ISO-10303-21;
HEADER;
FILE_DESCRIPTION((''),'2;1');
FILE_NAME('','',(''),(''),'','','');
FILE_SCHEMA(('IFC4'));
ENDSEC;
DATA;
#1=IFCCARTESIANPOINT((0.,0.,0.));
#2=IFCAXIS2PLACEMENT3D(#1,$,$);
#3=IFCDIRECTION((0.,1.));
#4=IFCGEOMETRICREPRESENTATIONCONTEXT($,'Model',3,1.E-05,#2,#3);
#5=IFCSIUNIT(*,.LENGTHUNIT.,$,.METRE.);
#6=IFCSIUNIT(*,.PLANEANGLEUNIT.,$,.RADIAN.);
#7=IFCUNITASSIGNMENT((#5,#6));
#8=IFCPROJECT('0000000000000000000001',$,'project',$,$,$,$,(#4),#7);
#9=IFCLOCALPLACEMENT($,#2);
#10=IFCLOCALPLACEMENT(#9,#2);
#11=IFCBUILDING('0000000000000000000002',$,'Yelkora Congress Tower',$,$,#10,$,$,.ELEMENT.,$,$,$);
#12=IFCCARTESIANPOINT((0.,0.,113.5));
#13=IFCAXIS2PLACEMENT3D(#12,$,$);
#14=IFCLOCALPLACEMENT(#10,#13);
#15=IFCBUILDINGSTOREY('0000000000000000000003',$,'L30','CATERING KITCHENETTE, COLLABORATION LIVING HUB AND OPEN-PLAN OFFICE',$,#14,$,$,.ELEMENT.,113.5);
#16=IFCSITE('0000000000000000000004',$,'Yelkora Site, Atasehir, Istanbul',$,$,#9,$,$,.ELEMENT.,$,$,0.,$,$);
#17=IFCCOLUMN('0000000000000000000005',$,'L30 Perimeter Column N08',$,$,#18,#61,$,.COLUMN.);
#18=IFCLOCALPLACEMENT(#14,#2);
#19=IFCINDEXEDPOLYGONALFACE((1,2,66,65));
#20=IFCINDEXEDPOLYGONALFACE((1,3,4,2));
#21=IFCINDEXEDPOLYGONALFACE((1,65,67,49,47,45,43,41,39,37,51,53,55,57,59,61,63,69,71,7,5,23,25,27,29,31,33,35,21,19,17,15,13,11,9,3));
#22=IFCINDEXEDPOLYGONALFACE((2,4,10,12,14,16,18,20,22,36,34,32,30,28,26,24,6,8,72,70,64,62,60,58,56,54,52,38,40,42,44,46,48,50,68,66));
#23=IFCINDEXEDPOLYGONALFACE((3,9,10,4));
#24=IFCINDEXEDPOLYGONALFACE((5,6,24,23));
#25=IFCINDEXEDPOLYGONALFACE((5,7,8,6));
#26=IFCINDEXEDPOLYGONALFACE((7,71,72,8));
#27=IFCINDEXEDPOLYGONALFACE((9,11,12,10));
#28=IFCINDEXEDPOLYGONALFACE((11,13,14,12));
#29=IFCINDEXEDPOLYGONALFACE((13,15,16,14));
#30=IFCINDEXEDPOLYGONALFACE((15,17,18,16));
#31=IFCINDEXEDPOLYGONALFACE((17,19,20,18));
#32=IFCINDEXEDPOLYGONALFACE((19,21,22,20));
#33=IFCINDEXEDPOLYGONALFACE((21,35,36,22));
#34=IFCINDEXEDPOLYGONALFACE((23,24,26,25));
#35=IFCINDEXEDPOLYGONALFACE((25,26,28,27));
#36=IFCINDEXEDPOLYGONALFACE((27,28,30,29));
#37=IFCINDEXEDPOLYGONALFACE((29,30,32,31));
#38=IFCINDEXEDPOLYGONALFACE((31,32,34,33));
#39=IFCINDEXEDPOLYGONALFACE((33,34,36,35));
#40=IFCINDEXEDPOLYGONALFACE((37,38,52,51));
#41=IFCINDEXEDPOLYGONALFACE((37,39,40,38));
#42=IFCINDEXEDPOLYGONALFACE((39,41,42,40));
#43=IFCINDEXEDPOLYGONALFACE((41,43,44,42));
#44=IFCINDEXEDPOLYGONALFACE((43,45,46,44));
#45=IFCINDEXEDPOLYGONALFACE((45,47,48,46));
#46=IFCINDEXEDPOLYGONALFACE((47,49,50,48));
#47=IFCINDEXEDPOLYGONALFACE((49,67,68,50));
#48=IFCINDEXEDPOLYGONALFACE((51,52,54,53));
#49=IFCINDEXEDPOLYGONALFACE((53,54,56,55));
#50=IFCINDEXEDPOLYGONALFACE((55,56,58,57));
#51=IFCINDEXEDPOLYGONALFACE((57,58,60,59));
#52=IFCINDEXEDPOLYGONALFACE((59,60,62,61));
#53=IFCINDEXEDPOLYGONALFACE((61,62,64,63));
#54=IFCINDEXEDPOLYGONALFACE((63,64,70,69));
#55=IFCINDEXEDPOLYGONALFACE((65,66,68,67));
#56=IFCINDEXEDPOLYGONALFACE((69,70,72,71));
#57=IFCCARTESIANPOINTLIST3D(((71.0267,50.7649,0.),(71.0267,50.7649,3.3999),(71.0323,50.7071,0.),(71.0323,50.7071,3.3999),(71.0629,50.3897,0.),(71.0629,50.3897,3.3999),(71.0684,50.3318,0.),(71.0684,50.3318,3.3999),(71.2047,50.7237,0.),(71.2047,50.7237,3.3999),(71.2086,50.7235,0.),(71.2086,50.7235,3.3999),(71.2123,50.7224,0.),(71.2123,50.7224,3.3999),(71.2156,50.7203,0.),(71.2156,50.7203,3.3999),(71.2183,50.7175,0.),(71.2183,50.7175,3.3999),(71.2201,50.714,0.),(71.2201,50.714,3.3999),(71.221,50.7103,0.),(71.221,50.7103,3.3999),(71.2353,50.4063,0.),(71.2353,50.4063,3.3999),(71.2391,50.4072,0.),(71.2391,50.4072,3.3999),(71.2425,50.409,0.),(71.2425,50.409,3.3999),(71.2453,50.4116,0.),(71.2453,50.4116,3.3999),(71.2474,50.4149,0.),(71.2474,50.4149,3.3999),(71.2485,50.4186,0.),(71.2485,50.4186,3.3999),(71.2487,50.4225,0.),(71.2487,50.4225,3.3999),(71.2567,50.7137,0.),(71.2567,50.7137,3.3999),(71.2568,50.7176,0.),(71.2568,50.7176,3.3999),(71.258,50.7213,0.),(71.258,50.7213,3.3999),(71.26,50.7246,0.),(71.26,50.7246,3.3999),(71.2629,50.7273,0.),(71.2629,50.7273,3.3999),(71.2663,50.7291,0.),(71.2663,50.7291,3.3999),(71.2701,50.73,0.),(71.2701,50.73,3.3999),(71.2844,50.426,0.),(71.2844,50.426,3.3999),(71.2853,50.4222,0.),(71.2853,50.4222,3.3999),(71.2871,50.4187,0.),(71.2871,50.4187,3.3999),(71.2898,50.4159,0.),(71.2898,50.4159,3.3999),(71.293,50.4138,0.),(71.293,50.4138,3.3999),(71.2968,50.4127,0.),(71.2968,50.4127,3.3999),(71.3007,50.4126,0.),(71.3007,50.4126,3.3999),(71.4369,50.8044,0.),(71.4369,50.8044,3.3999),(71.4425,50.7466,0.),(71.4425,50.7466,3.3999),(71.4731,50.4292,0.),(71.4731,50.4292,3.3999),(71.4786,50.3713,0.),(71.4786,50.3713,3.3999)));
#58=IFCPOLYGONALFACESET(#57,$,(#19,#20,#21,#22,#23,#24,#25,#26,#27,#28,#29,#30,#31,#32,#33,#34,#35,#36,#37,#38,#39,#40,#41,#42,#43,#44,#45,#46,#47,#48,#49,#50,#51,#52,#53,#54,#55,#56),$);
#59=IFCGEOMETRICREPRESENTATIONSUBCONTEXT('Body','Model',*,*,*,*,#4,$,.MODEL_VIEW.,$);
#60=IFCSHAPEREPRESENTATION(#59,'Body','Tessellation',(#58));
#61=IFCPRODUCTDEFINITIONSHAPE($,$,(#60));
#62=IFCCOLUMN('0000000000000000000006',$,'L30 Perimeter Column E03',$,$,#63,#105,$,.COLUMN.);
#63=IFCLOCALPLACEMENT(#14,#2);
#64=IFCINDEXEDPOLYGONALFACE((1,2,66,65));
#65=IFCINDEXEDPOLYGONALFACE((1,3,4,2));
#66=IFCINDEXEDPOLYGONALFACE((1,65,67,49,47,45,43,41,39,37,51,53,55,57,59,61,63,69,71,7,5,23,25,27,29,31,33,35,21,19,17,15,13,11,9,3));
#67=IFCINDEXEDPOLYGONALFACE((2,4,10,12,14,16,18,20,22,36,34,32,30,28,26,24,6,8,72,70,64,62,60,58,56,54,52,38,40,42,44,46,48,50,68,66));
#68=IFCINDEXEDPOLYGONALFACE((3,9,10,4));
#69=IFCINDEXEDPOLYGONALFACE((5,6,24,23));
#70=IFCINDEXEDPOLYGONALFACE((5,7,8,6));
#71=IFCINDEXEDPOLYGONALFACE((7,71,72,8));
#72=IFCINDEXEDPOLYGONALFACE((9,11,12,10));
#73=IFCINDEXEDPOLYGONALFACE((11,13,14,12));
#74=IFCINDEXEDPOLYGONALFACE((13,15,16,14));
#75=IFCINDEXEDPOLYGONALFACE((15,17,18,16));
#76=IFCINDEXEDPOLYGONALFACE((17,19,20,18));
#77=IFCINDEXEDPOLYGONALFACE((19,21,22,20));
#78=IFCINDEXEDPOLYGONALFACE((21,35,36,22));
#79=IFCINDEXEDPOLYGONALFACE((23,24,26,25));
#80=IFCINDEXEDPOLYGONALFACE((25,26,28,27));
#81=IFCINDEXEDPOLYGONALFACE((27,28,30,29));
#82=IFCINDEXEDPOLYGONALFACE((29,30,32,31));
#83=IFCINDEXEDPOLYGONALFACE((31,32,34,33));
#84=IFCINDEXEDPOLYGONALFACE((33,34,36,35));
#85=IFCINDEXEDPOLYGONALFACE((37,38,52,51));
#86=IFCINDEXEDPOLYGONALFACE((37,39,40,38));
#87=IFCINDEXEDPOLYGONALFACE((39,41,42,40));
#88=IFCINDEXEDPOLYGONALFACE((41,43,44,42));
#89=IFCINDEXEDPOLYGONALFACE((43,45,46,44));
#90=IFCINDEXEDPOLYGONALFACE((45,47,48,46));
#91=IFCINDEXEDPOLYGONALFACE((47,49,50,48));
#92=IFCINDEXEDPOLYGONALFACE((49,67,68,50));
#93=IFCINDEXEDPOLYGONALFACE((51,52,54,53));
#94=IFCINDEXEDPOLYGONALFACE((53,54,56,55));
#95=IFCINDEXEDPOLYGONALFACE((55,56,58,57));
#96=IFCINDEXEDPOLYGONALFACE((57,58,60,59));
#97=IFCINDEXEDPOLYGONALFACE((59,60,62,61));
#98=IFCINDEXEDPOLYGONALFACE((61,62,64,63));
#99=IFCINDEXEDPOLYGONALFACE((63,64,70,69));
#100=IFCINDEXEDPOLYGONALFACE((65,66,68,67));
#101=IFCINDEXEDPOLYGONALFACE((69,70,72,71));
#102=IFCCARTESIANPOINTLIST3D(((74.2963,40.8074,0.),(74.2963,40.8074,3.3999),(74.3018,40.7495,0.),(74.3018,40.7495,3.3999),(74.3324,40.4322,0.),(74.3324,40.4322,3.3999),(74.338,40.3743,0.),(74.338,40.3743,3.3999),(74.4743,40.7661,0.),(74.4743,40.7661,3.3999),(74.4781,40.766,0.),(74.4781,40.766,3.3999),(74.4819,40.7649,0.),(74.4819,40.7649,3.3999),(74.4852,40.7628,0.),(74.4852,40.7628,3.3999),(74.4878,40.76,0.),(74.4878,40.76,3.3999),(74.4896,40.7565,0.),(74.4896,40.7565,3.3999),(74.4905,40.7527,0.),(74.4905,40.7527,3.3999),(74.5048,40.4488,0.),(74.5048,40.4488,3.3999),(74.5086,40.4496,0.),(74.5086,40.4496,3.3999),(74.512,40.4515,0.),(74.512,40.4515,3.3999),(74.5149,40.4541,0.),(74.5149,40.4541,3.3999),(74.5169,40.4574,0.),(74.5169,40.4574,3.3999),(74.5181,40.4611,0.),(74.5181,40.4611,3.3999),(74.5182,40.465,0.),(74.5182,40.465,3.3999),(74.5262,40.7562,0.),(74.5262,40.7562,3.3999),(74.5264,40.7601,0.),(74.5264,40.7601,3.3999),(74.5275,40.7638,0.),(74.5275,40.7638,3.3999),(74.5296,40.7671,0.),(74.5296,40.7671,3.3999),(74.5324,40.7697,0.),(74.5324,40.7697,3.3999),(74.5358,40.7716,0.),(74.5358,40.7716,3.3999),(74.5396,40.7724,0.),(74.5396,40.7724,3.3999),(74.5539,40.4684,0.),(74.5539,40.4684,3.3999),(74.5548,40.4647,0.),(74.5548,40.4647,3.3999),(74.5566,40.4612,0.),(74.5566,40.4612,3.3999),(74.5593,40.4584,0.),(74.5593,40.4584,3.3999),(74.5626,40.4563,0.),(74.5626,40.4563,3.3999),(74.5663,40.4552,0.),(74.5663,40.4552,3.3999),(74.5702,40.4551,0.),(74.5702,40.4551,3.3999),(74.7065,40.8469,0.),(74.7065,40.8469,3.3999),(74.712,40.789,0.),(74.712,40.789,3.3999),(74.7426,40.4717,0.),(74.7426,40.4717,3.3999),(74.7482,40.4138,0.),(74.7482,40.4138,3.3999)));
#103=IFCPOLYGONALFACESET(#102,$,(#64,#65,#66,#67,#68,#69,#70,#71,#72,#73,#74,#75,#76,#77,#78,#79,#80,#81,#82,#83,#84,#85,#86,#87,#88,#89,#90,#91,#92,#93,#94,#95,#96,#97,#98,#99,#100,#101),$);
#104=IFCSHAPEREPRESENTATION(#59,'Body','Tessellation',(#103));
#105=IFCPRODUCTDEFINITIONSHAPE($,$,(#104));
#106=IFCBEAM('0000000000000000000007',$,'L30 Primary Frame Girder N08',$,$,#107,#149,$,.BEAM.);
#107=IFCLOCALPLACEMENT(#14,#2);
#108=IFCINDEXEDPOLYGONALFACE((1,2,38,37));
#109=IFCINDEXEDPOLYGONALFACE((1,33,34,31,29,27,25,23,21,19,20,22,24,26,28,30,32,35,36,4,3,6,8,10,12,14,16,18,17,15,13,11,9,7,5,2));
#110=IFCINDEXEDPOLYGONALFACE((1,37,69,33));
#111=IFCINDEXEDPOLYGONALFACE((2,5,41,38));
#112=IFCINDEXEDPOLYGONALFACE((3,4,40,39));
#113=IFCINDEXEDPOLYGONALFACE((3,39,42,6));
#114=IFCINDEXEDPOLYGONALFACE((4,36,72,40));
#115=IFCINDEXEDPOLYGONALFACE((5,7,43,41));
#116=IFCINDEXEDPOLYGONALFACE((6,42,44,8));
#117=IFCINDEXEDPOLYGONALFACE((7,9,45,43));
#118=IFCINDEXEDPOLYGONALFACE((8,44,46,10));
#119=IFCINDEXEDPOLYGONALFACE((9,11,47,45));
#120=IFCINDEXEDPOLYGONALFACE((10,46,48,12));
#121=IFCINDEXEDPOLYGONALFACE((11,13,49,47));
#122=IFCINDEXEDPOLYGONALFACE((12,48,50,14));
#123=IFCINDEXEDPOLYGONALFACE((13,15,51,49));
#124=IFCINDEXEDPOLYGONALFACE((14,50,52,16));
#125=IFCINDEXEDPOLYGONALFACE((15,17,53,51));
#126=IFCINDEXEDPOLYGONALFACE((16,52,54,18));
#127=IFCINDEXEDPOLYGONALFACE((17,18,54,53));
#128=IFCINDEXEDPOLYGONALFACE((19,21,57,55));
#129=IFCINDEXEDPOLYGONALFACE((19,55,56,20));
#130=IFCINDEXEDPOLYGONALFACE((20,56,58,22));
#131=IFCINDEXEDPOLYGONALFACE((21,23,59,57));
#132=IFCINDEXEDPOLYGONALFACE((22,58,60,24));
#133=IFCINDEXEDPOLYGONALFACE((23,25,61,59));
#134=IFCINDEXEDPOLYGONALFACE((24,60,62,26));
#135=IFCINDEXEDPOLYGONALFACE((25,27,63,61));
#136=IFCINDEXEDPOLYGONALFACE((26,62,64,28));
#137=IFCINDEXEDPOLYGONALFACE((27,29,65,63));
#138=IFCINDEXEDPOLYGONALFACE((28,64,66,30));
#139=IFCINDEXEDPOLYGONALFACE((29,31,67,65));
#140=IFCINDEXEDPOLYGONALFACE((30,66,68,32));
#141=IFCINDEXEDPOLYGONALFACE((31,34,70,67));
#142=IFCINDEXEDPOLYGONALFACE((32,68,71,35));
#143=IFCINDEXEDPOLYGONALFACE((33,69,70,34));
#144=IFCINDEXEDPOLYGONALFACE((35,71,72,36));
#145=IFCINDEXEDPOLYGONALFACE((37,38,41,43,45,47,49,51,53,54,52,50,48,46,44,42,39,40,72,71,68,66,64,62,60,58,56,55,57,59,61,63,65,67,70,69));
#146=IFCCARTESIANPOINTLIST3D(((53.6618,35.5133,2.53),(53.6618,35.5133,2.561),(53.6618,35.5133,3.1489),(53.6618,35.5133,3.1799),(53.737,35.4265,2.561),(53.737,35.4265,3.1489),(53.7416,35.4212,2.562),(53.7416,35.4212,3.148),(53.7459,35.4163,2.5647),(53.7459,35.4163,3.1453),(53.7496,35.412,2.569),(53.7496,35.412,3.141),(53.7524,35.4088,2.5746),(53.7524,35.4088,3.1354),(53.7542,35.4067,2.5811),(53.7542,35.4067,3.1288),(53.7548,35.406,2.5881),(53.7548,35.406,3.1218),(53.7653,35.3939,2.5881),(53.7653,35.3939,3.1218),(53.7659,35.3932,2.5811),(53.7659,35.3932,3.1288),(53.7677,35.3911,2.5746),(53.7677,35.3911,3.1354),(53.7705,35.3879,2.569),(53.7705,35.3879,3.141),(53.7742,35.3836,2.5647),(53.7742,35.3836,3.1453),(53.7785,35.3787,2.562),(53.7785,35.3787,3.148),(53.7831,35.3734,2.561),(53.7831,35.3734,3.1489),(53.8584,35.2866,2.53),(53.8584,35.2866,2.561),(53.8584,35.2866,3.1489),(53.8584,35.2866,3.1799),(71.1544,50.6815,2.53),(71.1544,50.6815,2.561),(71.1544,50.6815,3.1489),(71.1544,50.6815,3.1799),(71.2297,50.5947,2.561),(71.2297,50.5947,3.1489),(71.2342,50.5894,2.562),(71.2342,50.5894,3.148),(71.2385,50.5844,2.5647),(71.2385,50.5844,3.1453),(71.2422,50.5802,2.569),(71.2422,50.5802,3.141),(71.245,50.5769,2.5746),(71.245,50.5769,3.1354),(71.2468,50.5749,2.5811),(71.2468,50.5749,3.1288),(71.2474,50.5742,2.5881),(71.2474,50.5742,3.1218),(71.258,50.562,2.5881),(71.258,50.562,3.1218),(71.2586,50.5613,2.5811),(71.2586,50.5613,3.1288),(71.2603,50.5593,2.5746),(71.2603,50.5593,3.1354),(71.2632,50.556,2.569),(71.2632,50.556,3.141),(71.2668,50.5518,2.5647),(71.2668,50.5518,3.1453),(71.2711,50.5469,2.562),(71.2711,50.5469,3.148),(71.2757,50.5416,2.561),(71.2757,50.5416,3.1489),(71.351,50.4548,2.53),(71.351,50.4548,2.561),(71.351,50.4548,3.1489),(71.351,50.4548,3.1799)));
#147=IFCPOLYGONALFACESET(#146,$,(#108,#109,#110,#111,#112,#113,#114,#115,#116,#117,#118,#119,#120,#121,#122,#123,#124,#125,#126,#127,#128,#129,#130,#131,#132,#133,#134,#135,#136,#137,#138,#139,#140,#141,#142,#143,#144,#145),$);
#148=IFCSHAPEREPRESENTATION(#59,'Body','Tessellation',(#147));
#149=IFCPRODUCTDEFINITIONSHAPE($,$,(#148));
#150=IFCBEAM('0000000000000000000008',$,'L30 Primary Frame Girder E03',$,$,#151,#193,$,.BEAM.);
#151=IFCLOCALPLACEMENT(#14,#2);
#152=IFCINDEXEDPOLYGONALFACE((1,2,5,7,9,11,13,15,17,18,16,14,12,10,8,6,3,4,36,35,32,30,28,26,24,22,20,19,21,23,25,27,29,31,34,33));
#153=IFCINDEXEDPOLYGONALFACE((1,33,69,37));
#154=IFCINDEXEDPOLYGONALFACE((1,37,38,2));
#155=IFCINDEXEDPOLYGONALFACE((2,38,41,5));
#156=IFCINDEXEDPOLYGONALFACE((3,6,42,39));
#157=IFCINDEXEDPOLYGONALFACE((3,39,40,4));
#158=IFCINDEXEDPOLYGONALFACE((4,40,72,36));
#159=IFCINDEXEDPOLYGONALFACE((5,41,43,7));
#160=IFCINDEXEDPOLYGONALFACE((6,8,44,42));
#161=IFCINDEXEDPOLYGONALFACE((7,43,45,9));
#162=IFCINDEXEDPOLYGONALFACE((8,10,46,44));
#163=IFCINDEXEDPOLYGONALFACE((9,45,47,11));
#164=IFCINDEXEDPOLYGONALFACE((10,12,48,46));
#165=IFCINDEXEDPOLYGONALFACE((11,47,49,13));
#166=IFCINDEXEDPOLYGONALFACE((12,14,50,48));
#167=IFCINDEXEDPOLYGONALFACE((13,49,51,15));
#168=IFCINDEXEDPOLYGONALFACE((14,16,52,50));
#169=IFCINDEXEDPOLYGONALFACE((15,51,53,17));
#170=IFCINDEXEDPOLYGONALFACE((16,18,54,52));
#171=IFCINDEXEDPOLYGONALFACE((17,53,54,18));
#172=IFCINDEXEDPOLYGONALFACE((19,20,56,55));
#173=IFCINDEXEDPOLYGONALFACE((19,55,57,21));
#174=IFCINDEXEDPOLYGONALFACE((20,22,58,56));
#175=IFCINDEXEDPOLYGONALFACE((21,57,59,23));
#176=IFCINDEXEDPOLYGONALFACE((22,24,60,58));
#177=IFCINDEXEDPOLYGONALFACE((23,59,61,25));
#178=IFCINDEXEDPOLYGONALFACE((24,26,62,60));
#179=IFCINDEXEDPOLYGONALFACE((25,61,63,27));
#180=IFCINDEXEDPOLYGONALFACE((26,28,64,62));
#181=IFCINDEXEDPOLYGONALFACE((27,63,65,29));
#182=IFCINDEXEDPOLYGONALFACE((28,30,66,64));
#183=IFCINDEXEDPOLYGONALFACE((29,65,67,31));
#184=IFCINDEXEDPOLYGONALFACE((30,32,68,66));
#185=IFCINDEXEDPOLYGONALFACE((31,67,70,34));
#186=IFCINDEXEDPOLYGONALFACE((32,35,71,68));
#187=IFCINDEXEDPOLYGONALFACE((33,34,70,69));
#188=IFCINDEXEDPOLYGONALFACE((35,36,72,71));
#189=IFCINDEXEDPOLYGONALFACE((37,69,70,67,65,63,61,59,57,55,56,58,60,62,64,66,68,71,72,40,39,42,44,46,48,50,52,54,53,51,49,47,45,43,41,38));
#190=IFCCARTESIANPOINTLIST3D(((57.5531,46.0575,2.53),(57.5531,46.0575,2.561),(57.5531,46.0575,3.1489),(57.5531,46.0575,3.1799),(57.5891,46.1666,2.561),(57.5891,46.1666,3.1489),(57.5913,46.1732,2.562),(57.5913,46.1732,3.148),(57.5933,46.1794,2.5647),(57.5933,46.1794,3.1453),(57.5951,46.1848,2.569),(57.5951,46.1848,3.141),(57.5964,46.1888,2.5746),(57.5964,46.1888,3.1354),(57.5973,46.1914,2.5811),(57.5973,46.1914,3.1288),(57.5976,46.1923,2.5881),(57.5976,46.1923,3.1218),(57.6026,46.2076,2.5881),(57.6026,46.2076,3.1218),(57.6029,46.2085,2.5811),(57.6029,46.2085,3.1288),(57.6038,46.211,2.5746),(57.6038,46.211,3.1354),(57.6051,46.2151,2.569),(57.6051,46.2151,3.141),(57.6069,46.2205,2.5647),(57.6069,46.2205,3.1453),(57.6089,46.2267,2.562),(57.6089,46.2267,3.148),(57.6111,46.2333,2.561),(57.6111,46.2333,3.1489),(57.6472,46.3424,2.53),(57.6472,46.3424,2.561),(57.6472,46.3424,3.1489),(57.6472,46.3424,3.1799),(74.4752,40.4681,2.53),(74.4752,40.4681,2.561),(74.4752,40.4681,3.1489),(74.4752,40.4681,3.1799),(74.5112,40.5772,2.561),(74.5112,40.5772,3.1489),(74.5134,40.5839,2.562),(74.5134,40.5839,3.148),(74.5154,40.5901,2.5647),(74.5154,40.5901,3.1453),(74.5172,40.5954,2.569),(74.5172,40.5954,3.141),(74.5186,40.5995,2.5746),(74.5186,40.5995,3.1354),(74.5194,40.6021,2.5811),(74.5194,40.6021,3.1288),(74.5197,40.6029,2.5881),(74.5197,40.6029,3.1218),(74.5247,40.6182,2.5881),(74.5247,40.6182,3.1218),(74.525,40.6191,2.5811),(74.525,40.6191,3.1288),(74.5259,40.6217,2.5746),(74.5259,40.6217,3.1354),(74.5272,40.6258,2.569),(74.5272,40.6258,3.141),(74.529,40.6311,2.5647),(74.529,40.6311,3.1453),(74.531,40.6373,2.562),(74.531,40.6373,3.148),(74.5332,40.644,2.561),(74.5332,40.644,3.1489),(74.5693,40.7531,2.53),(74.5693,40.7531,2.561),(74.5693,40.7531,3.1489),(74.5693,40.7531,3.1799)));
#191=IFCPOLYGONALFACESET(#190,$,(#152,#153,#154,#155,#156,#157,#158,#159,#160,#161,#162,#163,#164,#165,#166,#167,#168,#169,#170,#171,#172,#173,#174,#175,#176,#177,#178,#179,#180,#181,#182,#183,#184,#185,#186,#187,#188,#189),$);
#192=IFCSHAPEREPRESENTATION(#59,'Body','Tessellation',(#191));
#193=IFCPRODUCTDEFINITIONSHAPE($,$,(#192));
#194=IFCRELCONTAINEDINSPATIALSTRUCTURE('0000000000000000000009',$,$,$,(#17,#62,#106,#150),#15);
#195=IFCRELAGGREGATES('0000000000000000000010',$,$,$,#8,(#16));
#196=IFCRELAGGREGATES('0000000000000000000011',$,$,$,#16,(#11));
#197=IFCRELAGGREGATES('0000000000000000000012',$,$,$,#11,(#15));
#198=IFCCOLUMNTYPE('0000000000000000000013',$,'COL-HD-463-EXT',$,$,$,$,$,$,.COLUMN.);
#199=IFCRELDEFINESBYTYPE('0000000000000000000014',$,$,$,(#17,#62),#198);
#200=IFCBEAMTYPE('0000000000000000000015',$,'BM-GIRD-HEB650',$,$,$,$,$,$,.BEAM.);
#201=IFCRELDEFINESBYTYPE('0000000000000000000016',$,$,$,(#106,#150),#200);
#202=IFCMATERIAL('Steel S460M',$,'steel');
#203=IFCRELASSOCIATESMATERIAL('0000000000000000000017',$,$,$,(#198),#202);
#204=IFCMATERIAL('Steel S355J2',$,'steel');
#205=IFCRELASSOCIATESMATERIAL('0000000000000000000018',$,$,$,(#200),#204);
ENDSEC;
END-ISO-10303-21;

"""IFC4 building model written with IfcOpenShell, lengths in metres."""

from ifc_helpers import new_model, si_unit, direction, frame, origin, origin_2d, place, context, subcontext, project, spatial, i_section, extrude, material, material_profile, profile_set, type_object, element, save


model = new_model("IFC4")

# Units and contexts
model_context = context("Model", 3, precision=1e-05, world=origin(), true_north=direction((0.0, 1.0)))
body_context = subcontext(model_context, "Body", "Model", "MODEL_VIEW")
ifc_project = project(units=[si_unit("LENGTHUNIT", "METRE"), si_unit("PLANEANGLEUNIT", "RADIAN")], contexts=[model_context])

# Site, building, storey
site_placement = place(None, origin())
site = spatial("IfcSite", under=ifc_project, at=site_placement, Name="Yelkora Site, Atasehir, Istanbul", CompositionType="ELEMENT", RefElevation=0.0)
building_placement = place(site_placement, origin())
building = spatial("IfcBuilding", under=site, at=building_placement, Name="Yelkora Congress Tower", CompositionType="ELEMENT")
storey_placement = place(building_placement, frame((0.0, 0.0, 113.5)))
storey = spatial("IfcBuildingStorey", under=building, at=storey_placement, Name="L30", Description="CATERING KITCHENETTE, COLLABORATION LIVING HUB AND OPEN-PLAN OFFICE", CompositionType="ELEMENT", Elevation=113.5)

# Columns
ifc_material_1 = material(Name="Steel S460M", Category="steel")
ifc_material_profile_1 = material_profile(ifc_material_1, i_section(OverallWidth=0.4121, OverallDepth=0.4351, WebThickness=0.0359, FlangeThickness=0.0581, FilletRadius=0.0149, at=origin_2d()), Name="HD 400x463")
ifc_profile_set_1 = profile_set([ifc_material_profile_1], Name="Steel S460M")
column_type = type_object("IfcColumnType", Name="COL-HD-463-EXT", PredefinedType="COLUMN", material=ifc_profile_set_1)
for number, where, z_axis, x_axis, name in (
    (1, (71.2527, 50.5681, 0.0), (0.0, 0.0, 1.0), (0.995396, 0.095846, 0.0), "L30 Perimeter Column N08"),
    (2, (74.5222, 40.6106, 0.0), (0.0, 0.0, 1.0), (0.995396, 0.095846, 0.0), "L30 Perimeter Column E03"),
):
    element("IfcColumn", number, at=place(storey_placement, frame(where, z_axis=z_axis, x_axis=x_axis)), inside=storey, type_object=column_type, Name=name, PredefinedType="COLUMN", context=body_context, shape_type="SweptSolid", body=[
        extrude(i_section(OverallWidth=0.4121, OverallDepth=0.4351, WebThickness=0.0359, FlangeThickness=0.0581, FilletRadius=0.0149, at=origin_2d()), origin(), (0.0, 0.0, 1.0), 3.3999),
    ])

# Beams
ifc_material_2 = material(Name="Steel S355J2", Category="steel")
ifc_material_profile_2 = material_profile(ifc_material_2, i_section(OverallWidth=0.3, OverallDepth=0.6499, WebThickness=0.0161, FlangeThickness=0.031, FilletRadius=0.0271, at=origin_2d()), Name="HEB 650")
ifc_profile_set_2 = profile_set([ifc_material_profile_2], Name="Steel S355J2")
beam_type_1 = type_object("IfcBeamType", Name="BM-GIRD-HEB650", PredefinedType="BEAM", material=ifc_profile_set_2)
beam_1_placement = place(storey_placement, frame((71.2527, 50.5681, 2.855), z_axis=(-0.75552, -0.655125, 0.0), x_axis=(0.655125, -0.75552, 0.0)))
element("IfcBeam", 3, at=beam_1_placement, inside=storey, type_object=beam_type_1, Name="L30 Primary Frame Girder N08", PredefinedType="BEAM", context=body_context, shape_type="SweptSolid", body=[
    extrude(i_section(OverallWidth=0.3, OverallDepth=0.6499, WebThickness=0.0161, FlangeThickness=0.031, FilletRadius=0.0271, at=origin_2d()), origin(), (0.0, 0.0, 1.0), 23.1531),
])
beam_2_placement = place(storey_placement, frame((74.5222, 40.6106, 2.855), z_axis=(-0.949544, 0.313633, 0.0), x_axis=(-0.313633, -0.949544, 0.0)))
element("IfcBeam", 4, at=beam_2_placement, inside=storey, type_object=beam_type_1, Name="L30 Primary Frame Girder E03", PredefinedType="BEAM", context=body_context, shape_type="SweptSolid", body=[
    extrude(i_section(OverallWidth=0.3, OverallDepth=0.6499, WebThickness=0.0161, FlangeThickness=0.031, FilletRadius=0.0271, at=origin_2d()), origin(), (0.0, 0.0, 1.0), 17.8213),
])

save(model, "model.ifc")
